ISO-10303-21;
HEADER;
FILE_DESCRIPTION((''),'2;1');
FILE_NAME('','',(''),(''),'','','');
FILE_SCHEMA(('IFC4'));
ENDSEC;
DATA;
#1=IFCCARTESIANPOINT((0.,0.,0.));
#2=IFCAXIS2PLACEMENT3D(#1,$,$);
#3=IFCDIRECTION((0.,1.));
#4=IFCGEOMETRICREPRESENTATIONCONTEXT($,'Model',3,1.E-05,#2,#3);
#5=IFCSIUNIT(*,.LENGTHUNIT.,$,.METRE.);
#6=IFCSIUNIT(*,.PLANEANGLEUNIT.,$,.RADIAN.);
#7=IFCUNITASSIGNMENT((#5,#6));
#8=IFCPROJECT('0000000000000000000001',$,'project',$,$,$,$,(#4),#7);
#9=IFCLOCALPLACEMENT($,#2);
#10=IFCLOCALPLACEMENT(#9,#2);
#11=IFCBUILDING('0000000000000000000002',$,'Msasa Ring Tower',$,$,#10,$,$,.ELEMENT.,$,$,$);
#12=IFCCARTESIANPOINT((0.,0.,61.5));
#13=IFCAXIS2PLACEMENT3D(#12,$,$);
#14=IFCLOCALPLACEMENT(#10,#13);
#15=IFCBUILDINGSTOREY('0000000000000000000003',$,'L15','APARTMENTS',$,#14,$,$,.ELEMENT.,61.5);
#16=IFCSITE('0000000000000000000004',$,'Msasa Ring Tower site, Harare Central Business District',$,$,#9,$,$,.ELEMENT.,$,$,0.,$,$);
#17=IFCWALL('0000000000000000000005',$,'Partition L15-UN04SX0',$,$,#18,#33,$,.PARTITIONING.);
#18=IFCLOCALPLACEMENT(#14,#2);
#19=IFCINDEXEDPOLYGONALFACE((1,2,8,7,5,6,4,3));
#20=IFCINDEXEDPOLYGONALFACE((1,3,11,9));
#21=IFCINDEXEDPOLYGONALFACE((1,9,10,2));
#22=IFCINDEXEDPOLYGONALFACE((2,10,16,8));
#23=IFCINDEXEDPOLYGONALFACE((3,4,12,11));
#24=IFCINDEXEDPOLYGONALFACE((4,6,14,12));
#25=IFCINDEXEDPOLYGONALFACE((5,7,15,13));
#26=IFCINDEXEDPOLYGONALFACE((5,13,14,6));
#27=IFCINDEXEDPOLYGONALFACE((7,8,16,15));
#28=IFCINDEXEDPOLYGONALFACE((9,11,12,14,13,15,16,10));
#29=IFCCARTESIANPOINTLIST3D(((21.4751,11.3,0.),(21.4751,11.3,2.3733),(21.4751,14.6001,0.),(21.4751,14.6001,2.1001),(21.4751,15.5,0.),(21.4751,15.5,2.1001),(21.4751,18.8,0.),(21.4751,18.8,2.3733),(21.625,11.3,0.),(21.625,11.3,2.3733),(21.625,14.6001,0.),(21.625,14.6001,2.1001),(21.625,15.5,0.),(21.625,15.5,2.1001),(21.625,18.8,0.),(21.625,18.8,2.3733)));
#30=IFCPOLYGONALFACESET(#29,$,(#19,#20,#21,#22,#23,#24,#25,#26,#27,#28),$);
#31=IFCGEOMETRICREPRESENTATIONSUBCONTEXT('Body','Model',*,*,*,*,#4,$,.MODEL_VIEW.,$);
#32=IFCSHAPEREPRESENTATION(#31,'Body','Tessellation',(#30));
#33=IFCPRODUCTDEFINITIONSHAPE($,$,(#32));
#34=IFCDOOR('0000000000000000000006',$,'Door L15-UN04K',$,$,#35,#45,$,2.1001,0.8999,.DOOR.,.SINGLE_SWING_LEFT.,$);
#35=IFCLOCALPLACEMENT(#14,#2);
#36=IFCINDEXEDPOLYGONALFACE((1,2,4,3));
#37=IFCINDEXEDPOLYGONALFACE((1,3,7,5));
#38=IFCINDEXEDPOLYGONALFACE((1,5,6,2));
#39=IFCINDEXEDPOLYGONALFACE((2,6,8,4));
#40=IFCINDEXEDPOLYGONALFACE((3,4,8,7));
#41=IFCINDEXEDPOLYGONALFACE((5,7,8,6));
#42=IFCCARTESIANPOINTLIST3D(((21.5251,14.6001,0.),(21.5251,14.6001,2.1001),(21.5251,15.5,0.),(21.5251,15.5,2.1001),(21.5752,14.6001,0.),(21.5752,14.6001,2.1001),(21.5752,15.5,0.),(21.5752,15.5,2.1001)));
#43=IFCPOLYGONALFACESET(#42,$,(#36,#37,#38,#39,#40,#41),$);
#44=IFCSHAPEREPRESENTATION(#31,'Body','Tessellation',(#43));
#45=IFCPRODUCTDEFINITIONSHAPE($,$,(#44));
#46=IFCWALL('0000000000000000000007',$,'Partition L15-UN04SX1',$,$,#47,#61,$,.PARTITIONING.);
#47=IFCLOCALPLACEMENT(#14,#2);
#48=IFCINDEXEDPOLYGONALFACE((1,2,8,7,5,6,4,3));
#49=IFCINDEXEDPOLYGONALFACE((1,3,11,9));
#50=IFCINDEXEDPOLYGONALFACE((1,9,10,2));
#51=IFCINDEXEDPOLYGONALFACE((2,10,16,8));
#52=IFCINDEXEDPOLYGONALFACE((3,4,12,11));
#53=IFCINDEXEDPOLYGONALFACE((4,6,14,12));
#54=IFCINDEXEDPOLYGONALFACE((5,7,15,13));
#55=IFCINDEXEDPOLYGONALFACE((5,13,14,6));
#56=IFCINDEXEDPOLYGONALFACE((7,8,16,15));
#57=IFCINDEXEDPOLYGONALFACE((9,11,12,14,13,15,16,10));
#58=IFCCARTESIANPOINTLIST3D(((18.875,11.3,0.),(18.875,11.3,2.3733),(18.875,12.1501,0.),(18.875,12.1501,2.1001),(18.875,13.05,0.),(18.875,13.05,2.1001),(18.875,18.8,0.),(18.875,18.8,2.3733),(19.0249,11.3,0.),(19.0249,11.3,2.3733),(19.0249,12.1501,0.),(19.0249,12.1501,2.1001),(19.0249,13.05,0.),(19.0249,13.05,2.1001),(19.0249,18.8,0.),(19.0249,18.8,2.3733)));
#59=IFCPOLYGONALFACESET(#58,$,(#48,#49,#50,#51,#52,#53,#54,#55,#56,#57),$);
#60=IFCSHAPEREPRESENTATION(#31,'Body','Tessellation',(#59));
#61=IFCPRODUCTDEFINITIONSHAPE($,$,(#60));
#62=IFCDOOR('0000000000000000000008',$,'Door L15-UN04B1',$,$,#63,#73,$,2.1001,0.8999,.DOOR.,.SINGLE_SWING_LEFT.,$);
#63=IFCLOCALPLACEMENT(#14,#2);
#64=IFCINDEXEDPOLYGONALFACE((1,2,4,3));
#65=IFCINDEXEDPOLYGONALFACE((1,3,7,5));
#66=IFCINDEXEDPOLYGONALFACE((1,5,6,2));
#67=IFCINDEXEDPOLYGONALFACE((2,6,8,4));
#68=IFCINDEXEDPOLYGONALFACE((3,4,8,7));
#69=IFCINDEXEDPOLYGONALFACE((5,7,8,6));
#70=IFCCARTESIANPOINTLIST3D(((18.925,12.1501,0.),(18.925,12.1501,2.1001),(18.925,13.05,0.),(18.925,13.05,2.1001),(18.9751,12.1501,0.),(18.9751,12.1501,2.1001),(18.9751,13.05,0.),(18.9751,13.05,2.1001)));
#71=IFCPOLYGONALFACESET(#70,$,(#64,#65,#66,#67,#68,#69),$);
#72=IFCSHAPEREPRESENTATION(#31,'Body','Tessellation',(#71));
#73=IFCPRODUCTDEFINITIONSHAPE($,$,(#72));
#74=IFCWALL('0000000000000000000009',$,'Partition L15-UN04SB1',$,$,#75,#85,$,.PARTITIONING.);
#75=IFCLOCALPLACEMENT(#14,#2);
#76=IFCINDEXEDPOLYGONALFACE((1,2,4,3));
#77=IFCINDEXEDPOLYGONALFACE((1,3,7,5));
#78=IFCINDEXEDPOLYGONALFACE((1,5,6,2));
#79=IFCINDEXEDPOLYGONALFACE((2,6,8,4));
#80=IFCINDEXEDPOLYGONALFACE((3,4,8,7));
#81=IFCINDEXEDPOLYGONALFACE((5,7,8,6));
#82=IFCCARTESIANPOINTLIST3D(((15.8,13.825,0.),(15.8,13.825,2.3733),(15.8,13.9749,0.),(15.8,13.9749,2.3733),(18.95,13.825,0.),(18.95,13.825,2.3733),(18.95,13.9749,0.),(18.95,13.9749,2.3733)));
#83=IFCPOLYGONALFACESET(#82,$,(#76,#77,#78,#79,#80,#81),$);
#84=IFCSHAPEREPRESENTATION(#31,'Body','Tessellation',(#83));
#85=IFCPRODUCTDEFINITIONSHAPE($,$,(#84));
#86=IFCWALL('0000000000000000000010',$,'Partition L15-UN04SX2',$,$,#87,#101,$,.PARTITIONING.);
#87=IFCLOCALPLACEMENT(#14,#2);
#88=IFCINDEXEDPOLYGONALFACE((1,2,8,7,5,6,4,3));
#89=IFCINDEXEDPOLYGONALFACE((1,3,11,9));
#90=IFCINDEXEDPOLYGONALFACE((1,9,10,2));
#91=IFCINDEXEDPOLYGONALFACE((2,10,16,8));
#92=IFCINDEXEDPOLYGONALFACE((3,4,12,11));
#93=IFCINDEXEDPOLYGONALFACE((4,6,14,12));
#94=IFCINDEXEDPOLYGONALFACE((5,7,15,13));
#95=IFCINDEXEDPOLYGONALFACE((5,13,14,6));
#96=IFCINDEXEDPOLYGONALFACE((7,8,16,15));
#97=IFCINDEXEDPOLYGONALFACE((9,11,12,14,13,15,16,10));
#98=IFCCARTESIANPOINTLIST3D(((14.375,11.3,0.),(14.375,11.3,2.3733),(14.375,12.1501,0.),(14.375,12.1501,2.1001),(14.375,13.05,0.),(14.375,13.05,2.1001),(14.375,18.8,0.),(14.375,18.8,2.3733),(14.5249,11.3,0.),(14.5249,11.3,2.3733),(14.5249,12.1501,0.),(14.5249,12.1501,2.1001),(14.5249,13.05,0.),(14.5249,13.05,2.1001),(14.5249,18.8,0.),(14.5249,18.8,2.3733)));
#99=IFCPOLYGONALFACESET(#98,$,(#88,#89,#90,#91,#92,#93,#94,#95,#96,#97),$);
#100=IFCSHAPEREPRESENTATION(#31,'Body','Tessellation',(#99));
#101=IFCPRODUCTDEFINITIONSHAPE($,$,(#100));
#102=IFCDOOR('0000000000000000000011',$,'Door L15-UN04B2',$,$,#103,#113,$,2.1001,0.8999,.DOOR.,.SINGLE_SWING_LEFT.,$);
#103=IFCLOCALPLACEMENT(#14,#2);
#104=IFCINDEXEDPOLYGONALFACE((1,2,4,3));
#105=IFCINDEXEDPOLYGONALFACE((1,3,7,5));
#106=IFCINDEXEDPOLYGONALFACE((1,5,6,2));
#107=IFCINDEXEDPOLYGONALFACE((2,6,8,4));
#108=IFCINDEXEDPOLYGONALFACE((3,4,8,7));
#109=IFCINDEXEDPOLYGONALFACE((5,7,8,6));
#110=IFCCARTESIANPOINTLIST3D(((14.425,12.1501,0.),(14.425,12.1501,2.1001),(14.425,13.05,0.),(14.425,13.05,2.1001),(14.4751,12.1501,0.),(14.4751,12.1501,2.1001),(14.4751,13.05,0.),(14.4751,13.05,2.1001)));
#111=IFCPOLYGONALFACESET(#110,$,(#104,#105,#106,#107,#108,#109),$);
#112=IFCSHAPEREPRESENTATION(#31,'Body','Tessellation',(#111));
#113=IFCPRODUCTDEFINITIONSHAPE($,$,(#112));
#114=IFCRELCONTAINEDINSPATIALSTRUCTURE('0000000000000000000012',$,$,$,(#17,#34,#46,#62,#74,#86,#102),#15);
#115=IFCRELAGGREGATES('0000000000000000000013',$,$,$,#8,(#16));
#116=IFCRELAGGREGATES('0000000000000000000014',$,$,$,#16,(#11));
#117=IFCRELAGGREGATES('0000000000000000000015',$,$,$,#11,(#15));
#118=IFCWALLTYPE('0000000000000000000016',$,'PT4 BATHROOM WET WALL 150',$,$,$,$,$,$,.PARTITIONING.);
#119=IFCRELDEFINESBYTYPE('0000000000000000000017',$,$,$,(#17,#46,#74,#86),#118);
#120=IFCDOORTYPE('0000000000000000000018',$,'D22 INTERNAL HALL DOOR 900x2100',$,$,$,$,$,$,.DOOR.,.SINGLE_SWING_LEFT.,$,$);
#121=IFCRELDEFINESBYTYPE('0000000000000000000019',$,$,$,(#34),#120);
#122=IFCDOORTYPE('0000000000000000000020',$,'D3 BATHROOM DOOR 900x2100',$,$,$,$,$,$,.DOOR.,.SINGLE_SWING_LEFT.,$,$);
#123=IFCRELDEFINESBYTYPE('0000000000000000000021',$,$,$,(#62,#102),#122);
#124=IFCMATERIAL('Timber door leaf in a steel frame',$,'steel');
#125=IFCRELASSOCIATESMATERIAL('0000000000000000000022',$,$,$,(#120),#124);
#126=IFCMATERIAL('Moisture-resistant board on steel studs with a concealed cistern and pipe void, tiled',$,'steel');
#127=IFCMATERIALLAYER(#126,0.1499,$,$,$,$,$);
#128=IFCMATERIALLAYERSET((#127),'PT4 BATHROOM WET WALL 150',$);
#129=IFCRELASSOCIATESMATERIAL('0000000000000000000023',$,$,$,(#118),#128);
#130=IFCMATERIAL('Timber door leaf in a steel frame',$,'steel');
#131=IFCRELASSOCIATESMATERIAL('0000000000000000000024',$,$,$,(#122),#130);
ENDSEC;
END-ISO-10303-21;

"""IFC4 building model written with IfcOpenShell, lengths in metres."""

from ifc_helpers import new_model, si_unit, direction, frame, frame_2d, origin, place, context, subcontext, project, spatial, rectangle, extrude, material, layer, layer_set, type_object, element, fill, save


model = new_model("IFC4")

# Units and contexts
model_context = context("Model", 3, precision=1e-05, world=origin(), true_north=direction((0.0, 1.0)))
body_context = subcontext(model_context, "Body", "Model", "MODEL_VIEW")
ifc_project = project(units=[si_unit("LENGTHUNIT", "METRE"), si_unit("PLANEANGLEUNIT", "RADIAN")], contexts=[model_context])

# Site, building, storey
site_placement = place(None, origin())
site = spatial("IfcSite", under=ifc_project, at=site_placement, Name="Msasa Ring Tower site, Harare Central Business District", CompositionType="ELEMENT", RefElevation=0.0)
building_placement = place(site_placement, origin())
building = spatial("IfcBuilding", under=site, at=building_placement, Name="Msasa Ring Tower", CompositionType="ELEMENT")
storey_placement = place(building_placement, frame((0.0, 0.0, 61.5)))
storey = spatial("IfcBuildingStorey", under=building, at=storey_placement, Name="L15", Description="APARTMENTS", CompositionType="ELEMENT", Elevation=61.5)

# Shared definitions
ifc_material_1 = material(Name="Timber door leaf in a steel frame", Category="steel")
door_type_1 = type_object("IfcDoorType", Name="D22 INTERNAL HALL DOOR 900x2100", OperationType="SINGLE_SWING_LEFT", PredefinedType="DOOR", material=ifc_material_1)

# Walls, openings, doors
ifc_material_2 = material(Name="Moisture-resistant board on steel studs with a concealed cistern and pipe void, tiled", Category="steel")
ifc_layer_1 = layer(ifc_material_2, 0.1499)
ifc_layer_set_1 = layer_set([ifc_layer_1], Name="PT4 BATHROOM WET WALL 150")
wall_type_1 = type_object("IfcWallType", Name="PT4 BATHROOM WET WALL 150", PredefinedType="PARTITIONING", material=ifc_layer_set_1)
wall_1_placement = place(storey_placement, frame((21.55, 11.3, 0.0), z_axis=(0.0, 0.0, 1.0), x_axis=(0.0, 1.0, 0.0)))
wall_1 = element("IfcWall", 1, at=wall_1_placement, inside=storey, type_object=wall_type_1, Name="Partition L15-UN04SX0", PredefinedType="PARTITIONING", context=body_context, shape_type="SweptSolid", body=[
    extrude(rectangle(XDim=7.5, YDim=0.1499, at=frame_2d((3.75, 0.0))), origin(), (0.0, 0.0, 1.0), 2.3733),
])
opening_1_placement = place(wall_1_placement, frame((3.3, 0.0, 0.0)))
opening_1 = element("IfcOpeningElement", 2, at=opening_1_placement, cuts=wall_1, PredefinedType="OPENING", context=body_context, shape_type="SweptSolid", body=[
    extrude(rectangle(XDim=0.8999, YDim=2.1001, at=frame_2d((0.45, 1.05))), frame((0.0, 0.085, 0.0), z_axis=(0.0, -1.0, 0.0), x_axis=(1.0, 0.0, 0.0)), (0.0, 0.0, 1.0), 0.1699),
])
door_1_placement = place(opening_1_placement, origin())
door_1 = element("IfcDoor", 3, at=door_1_placement, inside=storey, type_object=door_type_1, Name="Door L15-UN04K", OperationType="SINGLE_SWING_LEFT", OverallHeight=2.1001, OverallWidth=0.8999, PredefinedType="DOOR", context=body_context, shape_type="SweptSolid", body=[
    extrude(rectangle(XDim=0.8999, YDim=2.1001, at=frame_2d((0.45, 1.05))), frame((0.0, 0.0249, 0.0), z_axis=(0.0, -1.0, 0.0), x_axis=(1.0, 0.0, 0.0)), (0.0, 0.0, 1.0), 0.05),
])
fill(opening_1, door_1)
wall_2_placement = place(storey_placement, frame((18.95, 11.3, 0.0), z_axis=(0.0, 0.0, 1.0), x_axis=(0.0, 1.0, 0.0)))
wall_2 = element("IfcWall", 4, at=wall_2_placement, inside=storey, type_object=wall_type_1, Name="Partition L15-UN04SX1", PredefinedType="PARTITIONING", context=body_context, shape_type="SweptSolid", body=[
    extrude(rectangle(XDim=7.5, YDim=0.1499, at=frame_2d((3.75, 0.0))), origin(), (0.0, 0.0, 1.0), 2.3733),
])
opening_2_placement = place(wall_2_placement, frame((0.8501, 0.0, 0.0)))
opening_2 = element("IfcOpeningElement", 5, at=opening_2_placement, cuts=wall_2, PredefinedType="OPENING", context=body_context, shape_type="SweptSolid", body=[
    extrude(rectangle(XDim=0.8999, YDim=2.1001, at=frame_2d((0.45, 1.05))), frame((0.0, 0.085, 0.0), z_axis=(0.0, -1.0, 0.0), x_axis=(1.0, 0.0, 0.0)), (0.0, 0.0, 1.0), 0.1699),
])
ifc_material_3 = material(Name="Timber door leaf in a steel frame", Category="steel")
door_type_2 = type_object("IfcDoorType", Name="D3 BATHROOM DOOR 900x2100", OperationType="SINGLE_SWING_LEFT", PredefinedType="DOOR", material=ifc_material_3)
door_2_placement = place(opening_2_placement, origin())
door_2 = element("IfcDoor", 6, at=door_2_placement, inside=storey, type_object=door_type_2, Name="Door L15-UN04B1", OperationType="SINGLE_SWING_LEFT", OverallHeight=2.1001, OverallWidth=0.8999, PredefinedType="DOOR", context=body_context, shape_type="SweptSolid", body=[
    extrude(rectangle(XDim=0.8999, YDim=2.1001, at=frame_2d((0.45, 1.05))), frame((0.0, 0.0249, 0.0), z_axis=(0.0, -1.0, 0.0), x_axis=(1.0, 0.0, 0.0)), (0.0, 0.0, 1.0), 0.05),
])
fill(opening_2, door_2)

# Wall
wall_3_placement = place(storey_placement, frame((15.8, 13.8999, 0.0), z_axis=(0.0, 0.0, 1.0), x_axis=(1.0, 0.0, 0.0)))
element("IfcWall", 7, at=wall_3_placement, inside=storey, type_object=wall_type_1, Name="Partition L15-UN04SB1", PredefinedType="PARTITIONING", context=body_context, shape_type="SweptSolid", body=[
    extrude(rectangle(XDim=3.1499, YDim=0.1499, at=frame_2d((1.575, 0.0))), origin(), (0.0, 0.0, 1.0), 2.3733),
])

# Wall, opening, door
wall_4_placement = place(storey_placement, frame((14.45, 11.3, 0.0), z_axis=(0.0, 0.0, 1.0), x_axis=(0.0, 1.0, 0.0)))
wall_4 = element("IfcWall", 8, at=wall_4_placement, inside=storey, type_object=wall_type_1, Name="Partition L15-UN04SX2", PredefinedType="PARTITIONING", context=body_context, shape_type="SweptSolid", body=[
    extrude(rectangle(XDim=7.5, YDim=0.1499, at=frame_2d((3.75, 0.0))), origin(), (0.0, 0.0, 1.0), 2.3733),
])
opening_3_placement = place(wall_4_placement, frame((0.8501, 0.0, 0.0)))
opening_3 = element("IfcOpeningElement", 9, at=opening_3_placement, cuts=wall_4, PredefinedType="OPENING", context=body_context, shape_type="SweptSolid", body=[
    extrude(rectangle(XDim=0.8999, YDim=2.1001, at=frame_2d((0.45, 1.05))), frame((0.0, 0.085, 0.0), z_axis=(0.0, -1.0, 0.0), x_axis=(1.0, 0.0, 0.0)), (0.0, 0.0, 1.0), 0.1699),
])
door_3_placement = place(opening_3_placement, origin())
door_3 = element("IfcDoor", 10, at=door_3_placement, inside=storey, type_object=door_type_2, Name="Door L15-UN04B2", OperationType="SINGLE_SWING_LEFT", OverallHeight=2.1001, OverallWidth=0.8999, PredefinedType="DOOR", context=body_context, shape_type="SweptSolid", body=[
    extrude(rectangle(XDim=0.8999, YDim=2.1001, at=frame_2d((0.45, 1.05))), frame((0.0, 0.0249, 0.0), z_axis=(0.0, -1.0, 0.0), x_axis=(1.0, 0.0, 0.0)), (0.0, 0.0, 1.0), 0.05),
])
fill(opening_3, door_3)

save(model, "model.ifc")
